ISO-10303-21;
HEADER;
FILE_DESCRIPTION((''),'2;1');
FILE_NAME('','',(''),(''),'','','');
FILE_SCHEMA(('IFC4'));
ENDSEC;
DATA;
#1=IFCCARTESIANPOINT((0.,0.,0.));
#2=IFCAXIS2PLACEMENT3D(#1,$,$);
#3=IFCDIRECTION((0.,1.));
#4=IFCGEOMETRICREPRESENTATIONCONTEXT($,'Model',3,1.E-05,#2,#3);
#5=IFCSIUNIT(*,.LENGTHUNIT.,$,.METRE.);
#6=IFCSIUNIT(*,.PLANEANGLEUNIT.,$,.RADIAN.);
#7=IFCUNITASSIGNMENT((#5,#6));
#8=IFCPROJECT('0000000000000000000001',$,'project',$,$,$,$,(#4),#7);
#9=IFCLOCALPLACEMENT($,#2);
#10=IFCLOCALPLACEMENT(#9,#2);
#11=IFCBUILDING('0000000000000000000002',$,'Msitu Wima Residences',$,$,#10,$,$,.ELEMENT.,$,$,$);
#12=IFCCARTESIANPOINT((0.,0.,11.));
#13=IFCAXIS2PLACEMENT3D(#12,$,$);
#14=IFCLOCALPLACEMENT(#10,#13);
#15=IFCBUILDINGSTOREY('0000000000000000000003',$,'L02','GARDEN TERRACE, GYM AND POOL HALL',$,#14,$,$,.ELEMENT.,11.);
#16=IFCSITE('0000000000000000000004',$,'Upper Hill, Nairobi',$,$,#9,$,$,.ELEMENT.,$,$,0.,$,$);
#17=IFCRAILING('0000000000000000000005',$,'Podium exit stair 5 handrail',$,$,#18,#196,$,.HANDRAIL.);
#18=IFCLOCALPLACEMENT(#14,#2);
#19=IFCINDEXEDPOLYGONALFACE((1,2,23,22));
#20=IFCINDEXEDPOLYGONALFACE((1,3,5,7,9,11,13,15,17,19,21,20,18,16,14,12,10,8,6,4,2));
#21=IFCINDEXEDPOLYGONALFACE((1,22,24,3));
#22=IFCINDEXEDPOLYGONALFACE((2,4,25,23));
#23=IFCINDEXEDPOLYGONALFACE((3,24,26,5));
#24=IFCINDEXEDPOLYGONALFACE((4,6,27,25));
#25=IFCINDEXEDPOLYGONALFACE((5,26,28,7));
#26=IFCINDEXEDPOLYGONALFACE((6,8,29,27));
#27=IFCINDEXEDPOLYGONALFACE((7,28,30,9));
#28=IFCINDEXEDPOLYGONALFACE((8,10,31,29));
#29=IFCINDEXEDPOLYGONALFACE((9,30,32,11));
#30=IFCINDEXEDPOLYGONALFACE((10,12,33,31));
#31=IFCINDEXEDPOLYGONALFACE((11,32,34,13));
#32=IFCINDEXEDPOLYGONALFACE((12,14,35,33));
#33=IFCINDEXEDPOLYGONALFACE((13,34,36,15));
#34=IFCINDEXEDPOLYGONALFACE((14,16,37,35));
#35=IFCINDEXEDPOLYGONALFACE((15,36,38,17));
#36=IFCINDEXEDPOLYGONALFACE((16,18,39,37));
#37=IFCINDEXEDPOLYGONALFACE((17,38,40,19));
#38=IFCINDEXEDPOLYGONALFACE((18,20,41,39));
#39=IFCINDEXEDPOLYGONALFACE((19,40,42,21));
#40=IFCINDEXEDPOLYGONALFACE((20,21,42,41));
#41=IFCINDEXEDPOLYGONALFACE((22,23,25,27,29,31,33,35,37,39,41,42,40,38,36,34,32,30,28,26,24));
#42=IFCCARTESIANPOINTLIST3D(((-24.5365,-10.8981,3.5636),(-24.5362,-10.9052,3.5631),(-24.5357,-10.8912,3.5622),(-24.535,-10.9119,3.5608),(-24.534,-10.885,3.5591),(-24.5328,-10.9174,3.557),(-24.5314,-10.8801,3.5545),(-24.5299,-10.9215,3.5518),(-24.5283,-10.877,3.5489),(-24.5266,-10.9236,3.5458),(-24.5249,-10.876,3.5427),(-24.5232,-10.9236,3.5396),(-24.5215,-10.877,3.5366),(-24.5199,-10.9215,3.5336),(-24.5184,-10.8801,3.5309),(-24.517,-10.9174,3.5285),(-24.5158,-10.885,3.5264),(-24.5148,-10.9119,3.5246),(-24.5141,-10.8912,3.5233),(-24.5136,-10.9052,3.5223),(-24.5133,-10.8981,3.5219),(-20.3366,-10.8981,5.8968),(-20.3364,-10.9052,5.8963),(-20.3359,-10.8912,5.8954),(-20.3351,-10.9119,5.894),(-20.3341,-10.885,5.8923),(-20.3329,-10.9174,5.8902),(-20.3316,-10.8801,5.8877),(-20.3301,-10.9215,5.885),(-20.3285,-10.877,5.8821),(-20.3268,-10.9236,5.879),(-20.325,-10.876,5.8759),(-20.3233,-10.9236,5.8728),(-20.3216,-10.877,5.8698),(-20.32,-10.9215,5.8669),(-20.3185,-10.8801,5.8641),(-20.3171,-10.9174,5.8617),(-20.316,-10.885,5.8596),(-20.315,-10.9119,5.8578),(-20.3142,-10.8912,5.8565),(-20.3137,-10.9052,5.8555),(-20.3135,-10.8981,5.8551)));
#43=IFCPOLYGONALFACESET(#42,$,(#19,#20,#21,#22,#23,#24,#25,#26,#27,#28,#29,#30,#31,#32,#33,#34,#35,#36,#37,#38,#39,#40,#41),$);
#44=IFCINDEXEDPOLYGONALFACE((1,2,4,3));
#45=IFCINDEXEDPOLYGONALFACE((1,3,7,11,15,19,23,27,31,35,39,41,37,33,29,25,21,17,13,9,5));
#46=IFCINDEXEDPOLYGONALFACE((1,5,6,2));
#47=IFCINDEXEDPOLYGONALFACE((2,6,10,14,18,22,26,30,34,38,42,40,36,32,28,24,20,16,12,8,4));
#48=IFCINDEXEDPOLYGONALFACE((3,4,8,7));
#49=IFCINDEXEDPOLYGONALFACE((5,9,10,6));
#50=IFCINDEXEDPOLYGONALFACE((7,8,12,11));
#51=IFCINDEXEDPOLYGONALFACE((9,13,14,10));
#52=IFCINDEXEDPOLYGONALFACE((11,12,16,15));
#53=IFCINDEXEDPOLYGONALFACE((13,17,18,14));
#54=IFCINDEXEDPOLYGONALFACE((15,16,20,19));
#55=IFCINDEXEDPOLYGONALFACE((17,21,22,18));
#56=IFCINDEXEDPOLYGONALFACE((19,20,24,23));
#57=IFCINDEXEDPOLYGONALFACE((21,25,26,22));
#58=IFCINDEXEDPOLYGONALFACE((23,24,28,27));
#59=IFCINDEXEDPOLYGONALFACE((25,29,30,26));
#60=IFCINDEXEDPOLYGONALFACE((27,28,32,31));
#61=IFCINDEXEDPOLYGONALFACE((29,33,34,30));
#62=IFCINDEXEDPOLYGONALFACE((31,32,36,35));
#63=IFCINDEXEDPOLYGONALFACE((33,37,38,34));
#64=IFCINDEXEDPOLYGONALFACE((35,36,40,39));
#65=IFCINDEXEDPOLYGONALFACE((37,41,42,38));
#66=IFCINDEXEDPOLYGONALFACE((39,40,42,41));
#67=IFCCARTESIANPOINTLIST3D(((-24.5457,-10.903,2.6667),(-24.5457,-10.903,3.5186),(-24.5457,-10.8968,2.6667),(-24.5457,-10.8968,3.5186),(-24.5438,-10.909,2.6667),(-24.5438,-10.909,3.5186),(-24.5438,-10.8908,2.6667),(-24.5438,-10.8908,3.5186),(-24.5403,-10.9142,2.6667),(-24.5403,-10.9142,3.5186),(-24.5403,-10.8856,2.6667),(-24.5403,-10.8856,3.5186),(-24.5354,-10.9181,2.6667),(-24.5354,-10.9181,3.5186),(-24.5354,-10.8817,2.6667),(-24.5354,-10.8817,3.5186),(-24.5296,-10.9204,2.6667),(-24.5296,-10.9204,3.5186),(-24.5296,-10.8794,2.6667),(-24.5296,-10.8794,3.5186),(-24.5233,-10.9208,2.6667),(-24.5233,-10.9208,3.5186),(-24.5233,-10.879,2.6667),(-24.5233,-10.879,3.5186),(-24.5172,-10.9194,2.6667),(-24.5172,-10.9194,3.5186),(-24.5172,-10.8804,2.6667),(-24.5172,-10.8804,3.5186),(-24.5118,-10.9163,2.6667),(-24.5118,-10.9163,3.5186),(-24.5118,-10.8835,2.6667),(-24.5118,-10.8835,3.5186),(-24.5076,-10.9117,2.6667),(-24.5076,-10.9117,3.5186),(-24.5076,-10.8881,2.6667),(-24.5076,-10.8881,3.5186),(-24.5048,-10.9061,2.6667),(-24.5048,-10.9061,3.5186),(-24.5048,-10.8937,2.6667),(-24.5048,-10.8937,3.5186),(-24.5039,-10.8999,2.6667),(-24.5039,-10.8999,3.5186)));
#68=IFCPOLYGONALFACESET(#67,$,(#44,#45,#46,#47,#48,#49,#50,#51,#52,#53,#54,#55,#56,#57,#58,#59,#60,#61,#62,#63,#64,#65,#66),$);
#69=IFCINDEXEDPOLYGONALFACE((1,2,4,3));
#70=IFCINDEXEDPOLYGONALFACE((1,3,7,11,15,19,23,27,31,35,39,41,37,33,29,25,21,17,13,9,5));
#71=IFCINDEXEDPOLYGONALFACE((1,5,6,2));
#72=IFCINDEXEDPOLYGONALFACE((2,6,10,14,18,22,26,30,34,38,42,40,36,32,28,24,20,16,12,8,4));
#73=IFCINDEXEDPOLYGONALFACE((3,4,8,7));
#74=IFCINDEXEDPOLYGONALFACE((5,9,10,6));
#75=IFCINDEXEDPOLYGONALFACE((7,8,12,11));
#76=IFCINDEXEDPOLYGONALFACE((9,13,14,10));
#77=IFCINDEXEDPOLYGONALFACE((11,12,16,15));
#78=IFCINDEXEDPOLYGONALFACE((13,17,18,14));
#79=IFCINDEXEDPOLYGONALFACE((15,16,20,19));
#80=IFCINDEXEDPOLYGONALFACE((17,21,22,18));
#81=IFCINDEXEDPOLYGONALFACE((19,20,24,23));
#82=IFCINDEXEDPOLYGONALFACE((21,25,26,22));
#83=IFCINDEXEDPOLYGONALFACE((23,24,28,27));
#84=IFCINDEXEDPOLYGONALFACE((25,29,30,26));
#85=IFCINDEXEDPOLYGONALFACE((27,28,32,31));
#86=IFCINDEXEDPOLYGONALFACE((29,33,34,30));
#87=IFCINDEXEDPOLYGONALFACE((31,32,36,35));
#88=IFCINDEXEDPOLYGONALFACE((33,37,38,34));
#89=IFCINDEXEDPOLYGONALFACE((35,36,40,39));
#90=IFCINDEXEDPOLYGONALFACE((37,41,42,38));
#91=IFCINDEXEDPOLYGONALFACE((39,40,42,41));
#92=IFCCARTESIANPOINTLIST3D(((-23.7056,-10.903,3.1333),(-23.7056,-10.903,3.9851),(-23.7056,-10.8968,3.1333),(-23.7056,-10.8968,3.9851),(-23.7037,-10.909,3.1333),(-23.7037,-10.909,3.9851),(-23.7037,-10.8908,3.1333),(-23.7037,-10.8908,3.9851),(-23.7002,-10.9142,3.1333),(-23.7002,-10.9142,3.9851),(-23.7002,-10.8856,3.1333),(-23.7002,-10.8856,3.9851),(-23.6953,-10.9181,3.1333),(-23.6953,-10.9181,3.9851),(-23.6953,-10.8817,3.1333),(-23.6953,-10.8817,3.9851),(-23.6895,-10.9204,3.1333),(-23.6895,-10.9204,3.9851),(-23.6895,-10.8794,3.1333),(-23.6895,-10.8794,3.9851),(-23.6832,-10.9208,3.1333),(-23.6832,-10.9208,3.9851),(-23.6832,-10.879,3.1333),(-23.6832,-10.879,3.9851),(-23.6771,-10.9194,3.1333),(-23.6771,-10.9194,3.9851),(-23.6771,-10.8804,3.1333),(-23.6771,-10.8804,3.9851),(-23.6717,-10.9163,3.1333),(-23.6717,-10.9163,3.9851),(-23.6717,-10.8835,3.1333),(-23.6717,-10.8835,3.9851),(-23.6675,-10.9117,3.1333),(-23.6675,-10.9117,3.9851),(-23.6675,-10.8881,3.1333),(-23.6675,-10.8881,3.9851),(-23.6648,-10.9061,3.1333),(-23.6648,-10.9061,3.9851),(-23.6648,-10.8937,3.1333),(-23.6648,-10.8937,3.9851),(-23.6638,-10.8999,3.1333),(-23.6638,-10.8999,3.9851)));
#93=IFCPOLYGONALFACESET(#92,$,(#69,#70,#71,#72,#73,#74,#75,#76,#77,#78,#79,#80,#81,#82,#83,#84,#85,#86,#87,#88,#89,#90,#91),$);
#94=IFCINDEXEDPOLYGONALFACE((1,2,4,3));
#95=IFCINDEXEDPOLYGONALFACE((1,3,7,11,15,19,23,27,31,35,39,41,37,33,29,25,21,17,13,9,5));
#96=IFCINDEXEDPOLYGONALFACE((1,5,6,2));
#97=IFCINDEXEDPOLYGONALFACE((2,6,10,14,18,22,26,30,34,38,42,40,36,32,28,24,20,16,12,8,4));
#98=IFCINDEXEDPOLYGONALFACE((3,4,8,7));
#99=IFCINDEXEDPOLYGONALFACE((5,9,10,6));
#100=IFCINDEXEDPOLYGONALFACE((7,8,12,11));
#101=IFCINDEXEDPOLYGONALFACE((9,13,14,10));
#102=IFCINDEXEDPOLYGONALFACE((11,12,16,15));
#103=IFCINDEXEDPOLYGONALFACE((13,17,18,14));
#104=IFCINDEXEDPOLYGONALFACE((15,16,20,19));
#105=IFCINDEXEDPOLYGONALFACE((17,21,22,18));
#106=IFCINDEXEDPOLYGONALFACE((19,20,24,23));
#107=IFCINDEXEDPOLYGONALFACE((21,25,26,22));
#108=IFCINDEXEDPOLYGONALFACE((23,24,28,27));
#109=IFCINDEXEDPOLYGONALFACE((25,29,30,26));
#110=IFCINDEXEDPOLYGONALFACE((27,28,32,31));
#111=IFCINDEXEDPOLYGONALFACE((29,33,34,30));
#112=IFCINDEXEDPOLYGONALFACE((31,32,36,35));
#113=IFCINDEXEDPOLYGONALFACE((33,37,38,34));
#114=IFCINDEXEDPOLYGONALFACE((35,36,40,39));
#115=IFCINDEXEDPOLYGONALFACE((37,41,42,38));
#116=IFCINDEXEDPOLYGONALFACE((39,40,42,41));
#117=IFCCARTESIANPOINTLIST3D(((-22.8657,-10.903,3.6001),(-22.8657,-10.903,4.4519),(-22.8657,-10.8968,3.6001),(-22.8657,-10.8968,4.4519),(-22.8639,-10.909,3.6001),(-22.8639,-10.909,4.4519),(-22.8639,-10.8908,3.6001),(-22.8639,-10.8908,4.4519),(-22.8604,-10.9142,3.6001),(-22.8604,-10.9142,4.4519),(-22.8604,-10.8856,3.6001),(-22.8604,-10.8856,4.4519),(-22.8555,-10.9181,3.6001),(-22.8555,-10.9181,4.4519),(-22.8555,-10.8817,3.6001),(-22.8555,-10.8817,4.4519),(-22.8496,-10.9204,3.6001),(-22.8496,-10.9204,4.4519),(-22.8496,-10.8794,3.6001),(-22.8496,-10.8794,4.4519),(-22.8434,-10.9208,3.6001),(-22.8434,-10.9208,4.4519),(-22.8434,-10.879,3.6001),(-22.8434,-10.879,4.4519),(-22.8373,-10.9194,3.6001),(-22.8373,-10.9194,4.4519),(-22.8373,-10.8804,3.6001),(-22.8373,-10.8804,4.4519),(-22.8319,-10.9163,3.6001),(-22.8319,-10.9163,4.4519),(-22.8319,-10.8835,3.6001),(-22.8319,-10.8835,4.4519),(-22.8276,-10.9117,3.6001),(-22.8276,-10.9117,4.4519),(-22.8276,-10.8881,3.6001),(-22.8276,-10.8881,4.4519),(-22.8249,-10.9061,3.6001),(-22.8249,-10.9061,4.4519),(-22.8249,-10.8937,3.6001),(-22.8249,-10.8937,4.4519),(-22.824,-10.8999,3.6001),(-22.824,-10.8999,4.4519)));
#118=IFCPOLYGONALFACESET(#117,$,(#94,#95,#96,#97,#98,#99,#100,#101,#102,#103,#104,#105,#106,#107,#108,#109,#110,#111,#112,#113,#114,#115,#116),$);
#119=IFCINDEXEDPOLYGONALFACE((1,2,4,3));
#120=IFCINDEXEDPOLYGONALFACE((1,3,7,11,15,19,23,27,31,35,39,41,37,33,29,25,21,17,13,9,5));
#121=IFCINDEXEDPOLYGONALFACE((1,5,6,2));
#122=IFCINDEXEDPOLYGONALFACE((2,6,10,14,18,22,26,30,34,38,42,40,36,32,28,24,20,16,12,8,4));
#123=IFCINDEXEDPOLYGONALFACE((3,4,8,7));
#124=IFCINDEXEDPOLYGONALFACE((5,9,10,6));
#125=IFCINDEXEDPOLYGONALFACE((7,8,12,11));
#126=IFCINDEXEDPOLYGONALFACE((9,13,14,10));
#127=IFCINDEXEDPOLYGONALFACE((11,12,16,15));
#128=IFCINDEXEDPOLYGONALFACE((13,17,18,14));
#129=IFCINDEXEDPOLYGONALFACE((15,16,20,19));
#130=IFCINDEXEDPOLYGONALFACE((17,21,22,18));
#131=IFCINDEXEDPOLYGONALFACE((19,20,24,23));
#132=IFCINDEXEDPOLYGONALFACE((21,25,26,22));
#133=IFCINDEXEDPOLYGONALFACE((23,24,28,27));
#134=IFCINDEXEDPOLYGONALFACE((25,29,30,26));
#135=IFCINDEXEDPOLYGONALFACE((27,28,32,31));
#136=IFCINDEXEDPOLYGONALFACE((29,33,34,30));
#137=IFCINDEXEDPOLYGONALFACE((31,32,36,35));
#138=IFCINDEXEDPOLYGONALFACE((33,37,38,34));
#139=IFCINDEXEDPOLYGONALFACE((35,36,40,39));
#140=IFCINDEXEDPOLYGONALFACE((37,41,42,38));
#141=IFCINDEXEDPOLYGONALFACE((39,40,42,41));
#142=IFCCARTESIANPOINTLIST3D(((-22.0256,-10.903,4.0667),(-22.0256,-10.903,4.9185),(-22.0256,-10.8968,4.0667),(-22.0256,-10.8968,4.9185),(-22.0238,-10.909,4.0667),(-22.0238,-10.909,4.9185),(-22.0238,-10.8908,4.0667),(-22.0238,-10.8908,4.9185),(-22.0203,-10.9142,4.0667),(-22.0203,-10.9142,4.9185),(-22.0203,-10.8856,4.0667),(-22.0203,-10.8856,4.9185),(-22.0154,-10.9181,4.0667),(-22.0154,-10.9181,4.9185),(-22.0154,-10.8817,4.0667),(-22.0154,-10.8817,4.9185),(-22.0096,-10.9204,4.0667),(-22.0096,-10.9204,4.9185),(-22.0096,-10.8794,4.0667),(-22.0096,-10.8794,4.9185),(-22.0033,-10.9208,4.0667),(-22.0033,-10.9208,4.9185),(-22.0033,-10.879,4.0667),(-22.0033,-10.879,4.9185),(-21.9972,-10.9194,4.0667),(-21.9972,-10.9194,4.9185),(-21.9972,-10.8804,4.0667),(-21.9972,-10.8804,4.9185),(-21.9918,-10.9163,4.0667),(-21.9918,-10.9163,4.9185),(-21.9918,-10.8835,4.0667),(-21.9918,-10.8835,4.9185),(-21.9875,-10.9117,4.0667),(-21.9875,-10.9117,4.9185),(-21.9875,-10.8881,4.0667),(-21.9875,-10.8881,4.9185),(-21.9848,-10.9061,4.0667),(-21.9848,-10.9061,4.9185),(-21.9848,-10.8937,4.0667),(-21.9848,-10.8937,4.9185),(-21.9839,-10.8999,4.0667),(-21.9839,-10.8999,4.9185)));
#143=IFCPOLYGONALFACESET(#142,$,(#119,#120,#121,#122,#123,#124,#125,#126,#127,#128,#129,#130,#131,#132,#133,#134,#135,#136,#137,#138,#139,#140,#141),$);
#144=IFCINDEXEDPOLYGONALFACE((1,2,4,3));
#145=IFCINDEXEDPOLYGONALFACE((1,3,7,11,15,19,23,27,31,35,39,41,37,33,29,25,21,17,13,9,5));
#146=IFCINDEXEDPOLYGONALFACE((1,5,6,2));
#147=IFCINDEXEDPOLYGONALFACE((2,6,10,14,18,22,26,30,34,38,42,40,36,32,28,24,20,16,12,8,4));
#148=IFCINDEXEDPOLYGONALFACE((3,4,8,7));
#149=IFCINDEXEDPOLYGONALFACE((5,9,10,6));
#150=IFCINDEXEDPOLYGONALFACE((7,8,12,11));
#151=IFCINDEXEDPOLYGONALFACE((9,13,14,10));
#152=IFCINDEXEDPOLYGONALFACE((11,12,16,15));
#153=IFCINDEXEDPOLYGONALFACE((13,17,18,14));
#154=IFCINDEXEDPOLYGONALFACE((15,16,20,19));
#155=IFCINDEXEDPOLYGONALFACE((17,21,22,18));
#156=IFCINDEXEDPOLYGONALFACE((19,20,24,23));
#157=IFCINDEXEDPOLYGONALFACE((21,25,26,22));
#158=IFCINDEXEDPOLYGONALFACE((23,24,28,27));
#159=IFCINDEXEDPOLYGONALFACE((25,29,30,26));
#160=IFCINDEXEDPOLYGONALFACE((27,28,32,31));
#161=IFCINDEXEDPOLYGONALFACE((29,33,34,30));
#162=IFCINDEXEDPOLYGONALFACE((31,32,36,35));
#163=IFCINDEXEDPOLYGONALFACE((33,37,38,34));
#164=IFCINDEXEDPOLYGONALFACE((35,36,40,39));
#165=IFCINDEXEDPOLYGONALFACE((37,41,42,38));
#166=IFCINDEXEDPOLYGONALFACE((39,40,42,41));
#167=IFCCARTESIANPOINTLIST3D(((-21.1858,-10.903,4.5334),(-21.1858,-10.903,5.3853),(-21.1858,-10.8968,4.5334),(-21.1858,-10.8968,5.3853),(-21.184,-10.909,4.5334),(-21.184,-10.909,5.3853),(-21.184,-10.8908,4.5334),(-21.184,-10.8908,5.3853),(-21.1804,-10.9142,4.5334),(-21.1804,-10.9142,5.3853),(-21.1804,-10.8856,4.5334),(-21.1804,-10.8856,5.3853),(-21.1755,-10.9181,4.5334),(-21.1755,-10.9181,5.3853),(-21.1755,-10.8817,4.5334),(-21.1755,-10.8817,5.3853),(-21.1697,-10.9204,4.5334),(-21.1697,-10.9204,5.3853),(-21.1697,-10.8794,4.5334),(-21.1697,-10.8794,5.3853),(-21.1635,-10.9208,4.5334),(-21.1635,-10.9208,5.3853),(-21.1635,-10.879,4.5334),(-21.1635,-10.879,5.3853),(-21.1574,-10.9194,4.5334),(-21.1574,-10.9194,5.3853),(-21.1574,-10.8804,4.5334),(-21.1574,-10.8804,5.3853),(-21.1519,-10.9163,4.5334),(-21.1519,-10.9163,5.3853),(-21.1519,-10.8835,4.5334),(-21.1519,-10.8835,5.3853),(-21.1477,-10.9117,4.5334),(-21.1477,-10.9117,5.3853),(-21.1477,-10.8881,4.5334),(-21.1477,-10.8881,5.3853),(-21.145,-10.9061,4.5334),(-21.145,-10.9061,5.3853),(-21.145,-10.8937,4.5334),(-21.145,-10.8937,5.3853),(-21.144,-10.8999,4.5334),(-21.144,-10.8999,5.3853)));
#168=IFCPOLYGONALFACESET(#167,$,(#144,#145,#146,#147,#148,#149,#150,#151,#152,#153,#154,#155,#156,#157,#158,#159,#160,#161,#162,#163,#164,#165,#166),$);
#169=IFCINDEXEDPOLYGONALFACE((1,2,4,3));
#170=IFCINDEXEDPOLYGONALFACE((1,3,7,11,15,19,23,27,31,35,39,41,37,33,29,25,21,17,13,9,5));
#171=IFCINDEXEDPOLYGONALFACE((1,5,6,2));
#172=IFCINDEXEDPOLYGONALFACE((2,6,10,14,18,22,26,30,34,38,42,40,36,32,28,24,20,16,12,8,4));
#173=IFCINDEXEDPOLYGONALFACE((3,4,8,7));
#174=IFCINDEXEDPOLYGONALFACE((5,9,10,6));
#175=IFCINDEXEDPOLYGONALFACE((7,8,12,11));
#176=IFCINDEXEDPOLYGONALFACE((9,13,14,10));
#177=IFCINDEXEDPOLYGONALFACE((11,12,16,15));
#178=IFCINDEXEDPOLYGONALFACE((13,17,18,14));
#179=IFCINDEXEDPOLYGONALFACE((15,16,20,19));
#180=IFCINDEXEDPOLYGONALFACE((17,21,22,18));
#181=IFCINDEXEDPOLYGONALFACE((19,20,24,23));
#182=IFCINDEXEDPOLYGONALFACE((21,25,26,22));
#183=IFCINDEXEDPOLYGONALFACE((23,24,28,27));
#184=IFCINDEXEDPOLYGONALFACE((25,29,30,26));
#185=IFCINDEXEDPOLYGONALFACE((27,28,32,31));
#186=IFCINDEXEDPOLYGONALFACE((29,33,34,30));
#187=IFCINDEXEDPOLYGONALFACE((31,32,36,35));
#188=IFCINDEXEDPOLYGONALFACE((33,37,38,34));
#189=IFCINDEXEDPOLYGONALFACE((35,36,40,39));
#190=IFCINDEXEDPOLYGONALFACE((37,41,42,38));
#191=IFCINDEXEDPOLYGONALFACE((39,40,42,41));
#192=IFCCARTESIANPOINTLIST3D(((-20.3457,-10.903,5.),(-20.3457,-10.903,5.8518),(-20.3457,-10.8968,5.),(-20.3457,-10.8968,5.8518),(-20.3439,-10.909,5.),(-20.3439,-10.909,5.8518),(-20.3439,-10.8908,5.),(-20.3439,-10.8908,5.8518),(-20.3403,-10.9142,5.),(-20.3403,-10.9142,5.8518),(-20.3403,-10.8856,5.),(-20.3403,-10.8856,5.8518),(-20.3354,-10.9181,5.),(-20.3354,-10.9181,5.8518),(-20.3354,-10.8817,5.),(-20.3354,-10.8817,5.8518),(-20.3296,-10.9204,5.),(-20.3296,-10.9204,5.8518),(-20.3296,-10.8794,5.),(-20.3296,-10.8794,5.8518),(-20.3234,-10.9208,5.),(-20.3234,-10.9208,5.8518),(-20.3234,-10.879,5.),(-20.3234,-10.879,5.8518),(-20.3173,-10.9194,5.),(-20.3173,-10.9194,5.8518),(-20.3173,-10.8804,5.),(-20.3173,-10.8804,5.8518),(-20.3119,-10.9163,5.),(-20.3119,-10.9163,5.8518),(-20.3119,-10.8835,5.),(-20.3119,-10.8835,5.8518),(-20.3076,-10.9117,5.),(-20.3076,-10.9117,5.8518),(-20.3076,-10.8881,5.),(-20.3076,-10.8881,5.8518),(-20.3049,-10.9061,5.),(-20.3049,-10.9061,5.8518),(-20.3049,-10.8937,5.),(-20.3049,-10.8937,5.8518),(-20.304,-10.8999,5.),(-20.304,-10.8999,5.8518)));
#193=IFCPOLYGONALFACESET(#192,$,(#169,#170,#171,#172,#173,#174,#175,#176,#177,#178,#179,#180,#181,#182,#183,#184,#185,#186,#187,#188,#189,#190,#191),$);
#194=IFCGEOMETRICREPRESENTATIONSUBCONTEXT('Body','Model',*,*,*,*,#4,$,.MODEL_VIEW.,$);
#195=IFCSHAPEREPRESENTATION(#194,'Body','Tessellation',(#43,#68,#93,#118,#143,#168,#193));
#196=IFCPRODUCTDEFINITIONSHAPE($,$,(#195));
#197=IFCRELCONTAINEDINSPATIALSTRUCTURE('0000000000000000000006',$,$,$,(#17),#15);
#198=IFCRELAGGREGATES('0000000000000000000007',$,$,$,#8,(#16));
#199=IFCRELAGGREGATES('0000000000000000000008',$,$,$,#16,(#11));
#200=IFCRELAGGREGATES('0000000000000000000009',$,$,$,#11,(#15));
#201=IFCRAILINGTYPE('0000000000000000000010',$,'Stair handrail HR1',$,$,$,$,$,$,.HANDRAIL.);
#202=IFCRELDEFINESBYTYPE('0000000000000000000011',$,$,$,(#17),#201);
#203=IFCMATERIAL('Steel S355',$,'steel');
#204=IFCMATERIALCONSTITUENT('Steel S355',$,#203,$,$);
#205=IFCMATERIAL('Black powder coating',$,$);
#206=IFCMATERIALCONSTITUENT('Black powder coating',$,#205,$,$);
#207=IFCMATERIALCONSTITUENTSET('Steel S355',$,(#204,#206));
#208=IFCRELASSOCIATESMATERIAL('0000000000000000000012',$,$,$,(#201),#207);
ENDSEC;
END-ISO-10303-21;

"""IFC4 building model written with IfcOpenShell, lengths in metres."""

from ifc_helpers import new_model, si_unit, direction, frame, origin, origin_2d, place, context, subcontext, project, spatial, circle, extrude, material, constituent, constituent_set, type_object, element, save


model = new_model("IFC4")

# Units and contexts
model_context = context("Model", 3, precision=1e-05, world=origin(), true_north=direction((0.0, 1.0)))
body_context = subcontext(model_context, "Body", "Model", "MODEL_VIEW")
ifc_project = project(units=[si_unit("LENGTHUNIT", "METRE"), si_unit("PLANEANGLEUNIT", "RADIAN")], contexts=[model_context])

# Site, building, storey
site_placement = place(None, origin())
site = spatial("IfcSite", under=ifc_project, at=site_placement, Name="Upper Hill, Nairobi", CompositionType="ELEMENT", RefElevation=0.0)
building_placement = place(site_placement, origin())
building = spatial("IfcBuilding", under=site, at=building_placement, Name="Msitu Wima Residences", CompositionType="ELEMENT")
storey_placement = place(building_placement, frame((0.0, 0.0, 11.0)))
storey = spatial("IfcBuildingStorey", under=building, at=storey_placement, Name="L02", Description="GARDEN TERRACE, GYM AND POOL HALL", CompositionType="ELEMENT", Elevation=11.0)

# Railing
ifc_material_1 = material(Name="Steel S355", Category="steel")
ifc_constituent_1 = constituent(ifc_material_1, Name="Steel S355")
ifc_material_2 = material(Name="Black powder coating")
ifc_constituent_2 = constituent(ifc_material_2, Name="Black powder coating")
ifc_constituent_set = constituent_set(constituents=[ifc_constituent_1, ifc_constituent_2], Name="Steel S355")
railing_type = type_object("IfcRailingType", Name="Stair handrail HR1", PredefinedType="HANDRAIL", material=ifc_constituent_set)
for number, where, name in (
    (1, (-24.5249, -10.8999, 2.6667), "Podium exit stair 5 handrail"),
):
    element("IfcRailing", number, at=place(storey_placement, frame(where)), inside=storey, type_object=railing_type, Name=name, PredefinedType="HANDRAIL", context=body_context, shape_type="SweptSolid", body=[
        extrude(circle(Radius=0.0239, at=origin_2d()), frame((0.0, 0.0, 0.876), z_axis=(0.874162, 0.0, 0.485634), x_axis=(0.0, 1.0, 0.0)), (0.0, 0.0, 1.0), 4.8044),
        extrude(circle(Radius=0.021, at=origin_2d()), origin(), (0.0, 0.0, 1.0), 0.8518),
        extrude(circle(Radius=0.021, at=origin_2d()), frame((0.8401, 0.0, 0.4666)), (0.0, 0.0, 1.0), 0.8518),
        extrude(circle(Radius=0.021, at=origin_2d()), frame((1.6799, 0.0, 0.9333)), (0.0, 0.0, 1.0), 0.8518),
        extrude(circle(Radius=0.021, at=origin_2d()), frame((2.52, 0.0, 1.3999)), (0.0, 0.0, 1.0), 0.8518),
        extrude(circle(Radius=0.021, at=origin_2d()), frame((3.3599, 0.0, 1.8667)), (0.0, 0.0, 1.0), 0.8518),
        extrude(circle(Radius=0.021, at=origin_2d()), frame((4.2, 0.0, 2.3333)), (0.0, 0.0, 1.0), 0.8518),
    ])

save(model, "model.ifc")
